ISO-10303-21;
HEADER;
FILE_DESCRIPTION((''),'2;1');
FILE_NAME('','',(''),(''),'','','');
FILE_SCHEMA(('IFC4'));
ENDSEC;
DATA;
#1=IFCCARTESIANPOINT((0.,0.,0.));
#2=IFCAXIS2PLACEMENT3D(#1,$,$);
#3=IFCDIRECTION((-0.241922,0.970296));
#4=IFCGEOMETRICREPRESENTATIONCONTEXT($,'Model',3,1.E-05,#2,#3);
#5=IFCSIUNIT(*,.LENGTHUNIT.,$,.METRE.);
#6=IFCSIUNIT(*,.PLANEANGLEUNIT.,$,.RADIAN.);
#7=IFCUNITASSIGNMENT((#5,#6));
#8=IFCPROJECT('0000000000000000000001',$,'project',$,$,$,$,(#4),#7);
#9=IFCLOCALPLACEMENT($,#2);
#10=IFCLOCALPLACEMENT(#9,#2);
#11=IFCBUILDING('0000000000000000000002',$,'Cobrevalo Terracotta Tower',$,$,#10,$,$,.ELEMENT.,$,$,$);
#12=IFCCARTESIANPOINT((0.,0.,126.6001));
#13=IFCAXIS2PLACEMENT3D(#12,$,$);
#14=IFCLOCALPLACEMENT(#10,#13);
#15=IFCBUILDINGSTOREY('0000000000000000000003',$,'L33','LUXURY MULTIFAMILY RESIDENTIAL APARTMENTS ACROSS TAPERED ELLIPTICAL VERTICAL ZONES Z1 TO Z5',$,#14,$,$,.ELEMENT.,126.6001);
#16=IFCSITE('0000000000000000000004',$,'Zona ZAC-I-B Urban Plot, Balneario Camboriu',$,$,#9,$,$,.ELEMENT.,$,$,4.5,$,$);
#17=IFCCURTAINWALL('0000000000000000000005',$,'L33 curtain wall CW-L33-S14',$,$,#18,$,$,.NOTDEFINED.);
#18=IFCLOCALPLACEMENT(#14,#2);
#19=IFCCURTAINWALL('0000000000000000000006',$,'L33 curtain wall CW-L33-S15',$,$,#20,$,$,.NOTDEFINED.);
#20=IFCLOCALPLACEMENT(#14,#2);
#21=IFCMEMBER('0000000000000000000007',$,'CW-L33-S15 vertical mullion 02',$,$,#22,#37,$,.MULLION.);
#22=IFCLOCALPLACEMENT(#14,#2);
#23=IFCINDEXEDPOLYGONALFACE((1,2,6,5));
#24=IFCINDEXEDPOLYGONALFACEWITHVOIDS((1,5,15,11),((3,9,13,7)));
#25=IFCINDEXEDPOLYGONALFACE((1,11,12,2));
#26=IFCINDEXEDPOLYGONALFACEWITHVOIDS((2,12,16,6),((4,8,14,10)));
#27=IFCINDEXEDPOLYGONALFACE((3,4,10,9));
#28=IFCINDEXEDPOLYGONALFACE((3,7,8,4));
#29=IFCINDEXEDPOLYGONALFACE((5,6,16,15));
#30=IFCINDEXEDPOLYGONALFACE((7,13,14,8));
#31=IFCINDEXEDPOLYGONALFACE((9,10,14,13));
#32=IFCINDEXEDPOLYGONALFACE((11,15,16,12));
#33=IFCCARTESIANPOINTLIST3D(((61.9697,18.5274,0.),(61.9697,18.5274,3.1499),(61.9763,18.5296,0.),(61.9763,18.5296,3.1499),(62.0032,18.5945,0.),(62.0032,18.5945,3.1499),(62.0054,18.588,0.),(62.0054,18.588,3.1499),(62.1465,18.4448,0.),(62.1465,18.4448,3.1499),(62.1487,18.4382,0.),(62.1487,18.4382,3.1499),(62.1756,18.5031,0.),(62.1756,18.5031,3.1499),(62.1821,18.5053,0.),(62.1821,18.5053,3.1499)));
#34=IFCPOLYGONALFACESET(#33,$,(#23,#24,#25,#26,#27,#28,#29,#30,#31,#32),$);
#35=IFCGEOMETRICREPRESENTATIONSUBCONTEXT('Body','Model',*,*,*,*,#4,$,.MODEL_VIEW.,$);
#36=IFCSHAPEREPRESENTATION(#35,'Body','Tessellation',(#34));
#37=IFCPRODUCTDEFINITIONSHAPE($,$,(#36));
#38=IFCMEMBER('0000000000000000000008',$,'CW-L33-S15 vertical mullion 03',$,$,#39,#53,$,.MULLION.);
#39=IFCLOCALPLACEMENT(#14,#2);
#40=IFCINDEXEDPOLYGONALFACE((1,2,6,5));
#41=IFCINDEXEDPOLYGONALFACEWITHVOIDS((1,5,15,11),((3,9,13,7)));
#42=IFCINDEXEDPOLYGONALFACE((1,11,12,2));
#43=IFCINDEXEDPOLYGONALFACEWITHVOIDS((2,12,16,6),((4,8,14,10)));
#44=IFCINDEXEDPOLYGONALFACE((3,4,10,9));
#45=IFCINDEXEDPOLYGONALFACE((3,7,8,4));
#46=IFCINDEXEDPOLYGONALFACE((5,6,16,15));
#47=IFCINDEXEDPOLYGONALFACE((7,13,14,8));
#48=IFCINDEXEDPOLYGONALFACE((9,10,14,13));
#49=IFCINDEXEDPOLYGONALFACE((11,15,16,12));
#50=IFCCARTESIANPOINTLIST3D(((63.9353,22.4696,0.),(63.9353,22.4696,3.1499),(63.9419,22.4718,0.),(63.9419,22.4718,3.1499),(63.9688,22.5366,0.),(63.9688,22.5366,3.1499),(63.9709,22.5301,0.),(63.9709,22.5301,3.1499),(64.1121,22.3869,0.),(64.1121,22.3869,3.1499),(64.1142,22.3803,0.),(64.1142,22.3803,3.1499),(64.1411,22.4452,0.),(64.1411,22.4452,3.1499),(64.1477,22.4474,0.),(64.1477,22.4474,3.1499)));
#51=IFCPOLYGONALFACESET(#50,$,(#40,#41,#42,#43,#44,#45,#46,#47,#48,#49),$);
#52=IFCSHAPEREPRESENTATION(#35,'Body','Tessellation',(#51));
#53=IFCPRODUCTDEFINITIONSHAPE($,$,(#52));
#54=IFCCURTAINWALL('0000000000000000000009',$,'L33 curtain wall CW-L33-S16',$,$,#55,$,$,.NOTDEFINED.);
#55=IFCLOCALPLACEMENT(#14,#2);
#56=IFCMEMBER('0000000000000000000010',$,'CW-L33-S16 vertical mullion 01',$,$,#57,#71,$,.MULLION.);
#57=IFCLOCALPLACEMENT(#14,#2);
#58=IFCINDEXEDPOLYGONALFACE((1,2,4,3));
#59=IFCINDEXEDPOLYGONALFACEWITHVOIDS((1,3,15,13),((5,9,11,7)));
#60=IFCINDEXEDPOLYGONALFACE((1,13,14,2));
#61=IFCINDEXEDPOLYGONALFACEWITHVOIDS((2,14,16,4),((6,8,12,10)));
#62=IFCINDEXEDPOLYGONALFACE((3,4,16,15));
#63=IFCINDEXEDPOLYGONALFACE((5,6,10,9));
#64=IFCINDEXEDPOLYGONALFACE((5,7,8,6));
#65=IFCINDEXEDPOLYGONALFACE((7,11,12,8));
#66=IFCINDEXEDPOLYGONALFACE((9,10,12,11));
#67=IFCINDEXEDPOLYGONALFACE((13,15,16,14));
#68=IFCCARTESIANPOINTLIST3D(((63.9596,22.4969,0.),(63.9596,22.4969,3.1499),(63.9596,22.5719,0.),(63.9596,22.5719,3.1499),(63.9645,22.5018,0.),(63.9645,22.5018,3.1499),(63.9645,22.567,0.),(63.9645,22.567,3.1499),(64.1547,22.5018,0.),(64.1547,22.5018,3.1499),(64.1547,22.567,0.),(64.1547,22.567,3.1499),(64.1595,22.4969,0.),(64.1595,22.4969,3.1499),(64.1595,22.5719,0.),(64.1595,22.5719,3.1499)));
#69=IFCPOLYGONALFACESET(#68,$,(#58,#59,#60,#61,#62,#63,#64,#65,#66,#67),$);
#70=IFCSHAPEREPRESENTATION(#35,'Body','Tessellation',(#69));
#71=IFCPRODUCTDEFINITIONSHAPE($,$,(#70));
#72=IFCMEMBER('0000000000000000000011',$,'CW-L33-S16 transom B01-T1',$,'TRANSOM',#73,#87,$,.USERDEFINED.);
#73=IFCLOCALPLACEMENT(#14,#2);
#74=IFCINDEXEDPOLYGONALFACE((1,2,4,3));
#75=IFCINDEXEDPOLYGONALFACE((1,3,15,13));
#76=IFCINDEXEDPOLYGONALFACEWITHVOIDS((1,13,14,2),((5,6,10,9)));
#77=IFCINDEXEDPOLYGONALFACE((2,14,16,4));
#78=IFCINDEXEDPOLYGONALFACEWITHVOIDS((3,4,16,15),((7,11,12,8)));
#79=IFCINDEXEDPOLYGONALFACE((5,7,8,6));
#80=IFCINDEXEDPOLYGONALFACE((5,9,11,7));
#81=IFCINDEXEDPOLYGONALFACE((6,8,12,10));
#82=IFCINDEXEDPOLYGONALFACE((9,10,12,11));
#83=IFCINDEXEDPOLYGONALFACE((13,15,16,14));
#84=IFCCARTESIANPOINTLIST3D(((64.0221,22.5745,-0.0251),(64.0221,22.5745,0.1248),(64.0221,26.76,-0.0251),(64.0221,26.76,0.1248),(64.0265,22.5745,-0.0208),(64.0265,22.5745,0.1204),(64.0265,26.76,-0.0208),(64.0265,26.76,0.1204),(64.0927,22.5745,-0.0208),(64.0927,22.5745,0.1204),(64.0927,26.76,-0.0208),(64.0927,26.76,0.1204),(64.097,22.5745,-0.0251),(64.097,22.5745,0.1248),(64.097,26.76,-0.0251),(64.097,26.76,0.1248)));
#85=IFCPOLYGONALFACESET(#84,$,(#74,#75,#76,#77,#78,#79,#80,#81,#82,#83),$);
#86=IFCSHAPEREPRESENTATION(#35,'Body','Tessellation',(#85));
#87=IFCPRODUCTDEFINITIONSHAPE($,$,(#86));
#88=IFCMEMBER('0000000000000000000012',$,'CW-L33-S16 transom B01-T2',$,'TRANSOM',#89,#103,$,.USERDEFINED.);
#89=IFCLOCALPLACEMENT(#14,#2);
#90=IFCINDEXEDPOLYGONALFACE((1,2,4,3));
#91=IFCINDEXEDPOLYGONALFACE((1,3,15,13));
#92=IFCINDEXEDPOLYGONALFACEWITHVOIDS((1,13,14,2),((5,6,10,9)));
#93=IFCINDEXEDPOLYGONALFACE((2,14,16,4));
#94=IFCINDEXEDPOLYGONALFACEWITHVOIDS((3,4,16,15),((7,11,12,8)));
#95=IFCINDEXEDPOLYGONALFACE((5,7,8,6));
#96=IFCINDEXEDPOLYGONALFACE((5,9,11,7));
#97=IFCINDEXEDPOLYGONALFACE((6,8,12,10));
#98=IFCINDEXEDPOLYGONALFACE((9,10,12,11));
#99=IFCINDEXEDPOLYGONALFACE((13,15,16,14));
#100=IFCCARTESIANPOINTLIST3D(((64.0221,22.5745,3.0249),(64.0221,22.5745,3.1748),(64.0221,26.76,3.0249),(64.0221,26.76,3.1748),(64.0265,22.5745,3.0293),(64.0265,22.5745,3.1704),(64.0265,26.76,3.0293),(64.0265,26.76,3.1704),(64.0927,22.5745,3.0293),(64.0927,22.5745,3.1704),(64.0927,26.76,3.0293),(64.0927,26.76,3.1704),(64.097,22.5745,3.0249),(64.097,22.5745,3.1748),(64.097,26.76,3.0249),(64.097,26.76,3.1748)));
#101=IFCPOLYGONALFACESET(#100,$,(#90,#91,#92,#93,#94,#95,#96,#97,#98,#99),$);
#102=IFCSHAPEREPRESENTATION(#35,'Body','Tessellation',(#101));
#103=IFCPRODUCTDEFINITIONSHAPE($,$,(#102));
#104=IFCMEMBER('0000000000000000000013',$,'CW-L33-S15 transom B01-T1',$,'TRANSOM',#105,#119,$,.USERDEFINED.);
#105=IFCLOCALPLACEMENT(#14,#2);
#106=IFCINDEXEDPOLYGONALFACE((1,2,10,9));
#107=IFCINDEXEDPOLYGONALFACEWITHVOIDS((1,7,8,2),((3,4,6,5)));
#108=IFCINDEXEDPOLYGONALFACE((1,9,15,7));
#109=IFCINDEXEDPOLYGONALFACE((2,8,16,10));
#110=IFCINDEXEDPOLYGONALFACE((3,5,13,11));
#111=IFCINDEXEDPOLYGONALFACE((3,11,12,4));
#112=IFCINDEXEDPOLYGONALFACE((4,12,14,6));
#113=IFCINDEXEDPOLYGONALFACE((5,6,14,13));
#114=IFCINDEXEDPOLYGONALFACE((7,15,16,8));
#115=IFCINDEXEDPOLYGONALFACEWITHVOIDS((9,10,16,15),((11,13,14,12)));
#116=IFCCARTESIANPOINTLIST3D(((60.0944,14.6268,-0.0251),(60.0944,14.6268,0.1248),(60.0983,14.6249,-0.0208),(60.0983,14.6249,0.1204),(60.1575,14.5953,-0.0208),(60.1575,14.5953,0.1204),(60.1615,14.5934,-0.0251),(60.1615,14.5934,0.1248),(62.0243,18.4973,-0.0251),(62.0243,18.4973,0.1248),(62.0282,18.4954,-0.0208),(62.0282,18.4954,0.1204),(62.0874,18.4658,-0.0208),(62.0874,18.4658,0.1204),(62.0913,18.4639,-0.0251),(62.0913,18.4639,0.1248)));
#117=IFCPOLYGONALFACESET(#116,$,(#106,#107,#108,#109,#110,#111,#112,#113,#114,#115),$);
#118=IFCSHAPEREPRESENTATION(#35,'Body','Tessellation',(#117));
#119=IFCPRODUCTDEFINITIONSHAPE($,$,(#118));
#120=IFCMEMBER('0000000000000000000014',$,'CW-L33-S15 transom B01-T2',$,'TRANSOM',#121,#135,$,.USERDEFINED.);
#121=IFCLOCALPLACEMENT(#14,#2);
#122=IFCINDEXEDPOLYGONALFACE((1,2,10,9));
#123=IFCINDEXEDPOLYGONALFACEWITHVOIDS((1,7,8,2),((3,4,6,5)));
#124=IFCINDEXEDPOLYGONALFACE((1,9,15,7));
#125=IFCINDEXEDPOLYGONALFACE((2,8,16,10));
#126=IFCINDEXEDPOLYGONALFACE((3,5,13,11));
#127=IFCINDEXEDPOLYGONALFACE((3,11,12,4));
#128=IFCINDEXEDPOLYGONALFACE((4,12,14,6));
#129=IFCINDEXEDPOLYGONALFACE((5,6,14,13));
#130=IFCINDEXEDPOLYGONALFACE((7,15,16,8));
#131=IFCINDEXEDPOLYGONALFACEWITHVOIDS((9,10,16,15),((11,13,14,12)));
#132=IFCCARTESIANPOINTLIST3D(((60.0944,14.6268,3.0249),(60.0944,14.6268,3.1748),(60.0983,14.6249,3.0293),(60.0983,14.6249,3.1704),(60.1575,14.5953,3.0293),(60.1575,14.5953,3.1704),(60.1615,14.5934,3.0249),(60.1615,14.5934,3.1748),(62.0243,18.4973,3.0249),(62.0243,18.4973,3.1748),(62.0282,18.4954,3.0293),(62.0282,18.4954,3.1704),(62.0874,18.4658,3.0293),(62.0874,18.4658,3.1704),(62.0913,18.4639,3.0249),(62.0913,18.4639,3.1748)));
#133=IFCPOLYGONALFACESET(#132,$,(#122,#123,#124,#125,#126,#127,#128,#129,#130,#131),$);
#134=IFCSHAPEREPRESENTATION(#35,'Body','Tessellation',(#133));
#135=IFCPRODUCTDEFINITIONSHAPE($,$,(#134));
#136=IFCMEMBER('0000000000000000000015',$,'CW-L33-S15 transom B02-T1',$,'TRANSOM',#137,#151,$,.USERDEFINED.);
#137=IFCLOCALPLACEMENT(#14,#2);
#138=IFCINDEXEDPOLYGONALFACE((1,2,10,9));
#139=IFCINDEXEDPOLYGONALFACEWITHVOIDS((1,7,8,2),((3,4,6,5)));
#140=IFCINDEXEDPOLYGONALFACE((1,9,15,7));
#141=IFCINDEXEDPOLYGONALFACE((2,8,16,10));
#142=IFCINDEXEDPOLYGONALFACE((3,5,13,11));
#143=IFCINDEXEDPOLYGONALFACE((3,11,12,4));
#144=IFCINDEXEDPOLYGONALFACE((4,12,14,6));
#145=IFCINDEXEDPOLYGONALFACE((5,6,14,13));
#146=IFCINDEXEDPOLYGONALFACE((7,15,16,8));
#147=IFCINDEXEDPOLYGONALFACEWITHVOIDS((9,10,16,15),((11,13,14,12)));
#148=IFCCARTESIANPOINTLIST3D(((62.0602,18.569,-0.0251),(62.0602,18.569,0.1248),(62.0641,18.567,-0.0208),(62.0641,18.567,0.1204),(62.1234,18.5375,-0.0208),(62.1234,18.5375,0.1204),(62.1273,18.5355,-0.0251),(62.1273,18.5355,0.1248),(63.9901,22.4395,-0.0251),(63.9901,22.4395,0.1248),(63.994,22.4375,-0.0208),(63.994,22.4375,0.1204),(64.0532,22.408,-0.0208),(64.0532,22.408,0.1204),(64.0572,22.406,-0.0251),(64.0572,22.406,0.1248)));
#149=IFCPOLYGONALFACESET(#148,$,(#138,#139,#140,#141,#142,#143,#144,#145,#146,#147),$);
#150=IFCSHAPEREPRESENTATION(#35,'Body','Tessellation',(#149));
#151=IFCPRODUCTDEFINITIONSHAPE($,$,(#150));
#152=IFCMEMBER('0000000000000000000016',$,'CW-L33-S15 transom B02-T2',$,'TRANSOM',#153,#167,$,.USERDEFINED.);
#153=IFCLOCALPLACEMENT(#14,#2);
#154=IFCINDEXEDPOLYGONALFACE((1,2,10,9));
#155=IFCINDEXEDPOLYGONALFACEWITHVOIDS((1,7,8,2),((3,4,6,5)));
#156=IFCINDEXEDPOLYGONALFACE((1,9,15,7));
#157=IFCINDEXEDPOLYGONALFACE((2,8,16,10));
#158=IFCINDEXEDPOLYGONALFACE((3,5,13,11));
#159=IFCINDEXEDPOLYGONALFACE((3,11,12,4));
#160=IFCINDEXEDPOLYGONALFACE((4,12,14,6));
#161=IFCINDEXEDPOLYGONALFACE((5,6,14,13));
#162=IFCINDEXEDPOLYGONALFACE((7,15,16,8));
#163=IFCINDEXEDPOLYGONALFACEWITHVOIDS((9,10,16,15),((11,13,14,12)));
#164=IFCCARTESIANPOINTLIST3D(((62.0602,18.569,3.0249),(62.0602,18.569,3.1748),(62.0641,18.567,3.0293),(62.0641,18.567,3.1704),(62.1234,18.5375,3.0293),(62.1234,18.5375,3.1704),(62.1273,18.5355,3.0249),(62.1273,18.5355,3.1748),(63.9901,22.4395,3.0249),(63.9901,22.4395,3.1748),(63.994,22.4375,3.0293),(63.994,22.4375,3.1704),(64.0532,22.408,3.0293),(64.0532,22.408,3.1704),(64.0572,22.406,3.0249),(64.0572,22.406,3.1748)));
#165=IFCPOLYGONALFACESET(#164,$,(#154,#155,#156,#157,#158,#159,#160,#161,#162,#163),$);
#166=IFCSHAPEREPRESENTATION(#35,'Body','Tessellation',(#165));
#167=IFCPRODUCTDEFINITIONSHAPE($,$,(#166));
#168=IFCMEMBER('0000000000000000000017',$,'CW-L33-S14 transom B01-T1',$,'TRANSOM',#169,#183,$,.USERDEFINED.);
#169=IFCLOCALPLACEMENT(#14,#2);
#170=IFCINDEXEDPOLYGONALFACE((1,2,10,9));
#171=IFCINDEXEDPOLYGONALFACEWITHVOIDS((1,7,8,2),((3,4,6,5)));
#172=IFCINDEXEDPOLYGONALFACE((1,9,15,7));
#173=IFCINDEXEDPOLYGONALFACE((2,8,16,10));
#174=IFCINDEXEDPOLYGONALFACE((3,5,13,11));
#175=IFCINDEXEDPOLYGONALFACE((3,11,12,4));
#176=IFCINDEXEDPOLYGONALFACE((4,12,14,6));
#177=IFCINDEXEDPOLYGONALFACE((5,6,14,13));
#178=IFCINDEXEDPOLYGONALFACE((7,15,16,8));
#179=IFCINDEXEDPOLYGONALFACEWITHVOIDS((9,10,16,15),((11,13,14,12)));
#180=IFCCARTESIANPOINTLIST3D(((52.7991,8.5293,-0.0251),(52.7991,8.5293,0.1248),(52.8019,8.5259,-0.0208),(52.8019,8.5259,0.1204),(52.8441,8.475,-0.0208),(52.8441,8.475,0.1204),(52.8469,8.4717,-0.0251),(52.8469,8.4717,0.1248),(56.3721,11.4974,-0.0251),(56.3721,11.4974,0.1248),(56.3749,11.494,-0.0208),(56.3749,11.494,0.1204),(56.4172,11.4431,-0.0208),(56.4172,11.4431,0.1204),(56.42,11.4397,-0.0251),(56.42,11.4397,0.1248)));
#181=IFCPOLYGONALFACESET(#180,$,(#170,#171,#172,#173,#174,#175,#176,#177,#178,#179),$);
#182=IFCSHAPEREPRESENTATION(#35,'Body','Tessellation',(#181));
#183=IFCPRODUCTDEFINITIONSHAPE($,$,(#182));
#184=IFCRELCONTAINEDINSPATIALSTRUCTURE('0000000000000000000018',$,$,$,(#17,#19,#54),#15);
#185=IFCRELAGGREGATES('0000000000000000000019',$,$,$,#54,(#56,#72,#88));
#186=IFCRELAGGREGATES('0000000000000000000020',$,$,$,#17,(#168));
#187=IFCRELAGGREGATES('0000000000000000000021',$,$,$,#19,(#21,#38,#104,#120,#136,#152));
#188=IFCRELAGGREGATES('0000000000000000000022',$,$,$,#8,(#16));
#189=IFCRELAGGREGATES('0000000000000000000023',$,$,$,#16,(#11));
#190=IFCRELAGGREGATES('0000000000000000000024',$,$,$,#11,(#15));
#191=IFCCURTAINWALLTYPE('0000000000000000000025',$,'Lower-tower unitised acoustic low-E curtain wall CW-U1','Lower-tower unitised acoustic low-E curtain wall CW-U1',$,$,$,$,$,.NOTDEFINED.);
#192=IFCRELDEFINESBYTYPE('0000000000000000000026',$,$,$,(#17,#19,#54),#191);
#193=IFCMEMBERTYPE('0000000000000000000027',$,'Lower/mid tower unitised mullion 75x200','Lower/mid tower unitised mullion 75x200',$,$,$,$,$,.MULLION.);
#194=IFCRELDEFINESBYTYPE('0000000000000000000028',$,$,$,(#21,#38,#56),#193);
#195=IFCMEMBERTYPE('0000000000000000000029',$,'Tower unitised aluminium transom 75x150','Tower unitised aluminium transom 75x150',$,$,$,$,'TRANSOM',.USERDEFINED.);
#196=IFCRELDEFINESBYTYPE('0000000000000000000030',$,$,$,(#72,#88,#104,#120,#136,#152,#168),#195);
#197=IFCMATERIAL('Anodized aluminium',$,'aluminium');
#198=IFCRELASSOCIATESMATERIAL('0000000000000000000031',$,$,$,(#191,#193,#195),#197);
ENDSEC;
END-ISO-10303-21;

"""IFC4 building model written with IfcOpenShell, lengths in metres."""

from ifc_helpers import new_model, si_unit, direction, frame, origin, origin_2d, place, context, subcontext, project, spatial, hollow_rectangle, extrude, source, transform, mapped, material, material_profile, profile_set, type_object, element, aggregate, save


model = new_model("IFC4")

# Units and contexts
model_context = context("Model", 3, precision=1e-05, world=origin(), true_north=direction((-0.241922, 0.970296)))
body_context = subcontext(model_context, "Body", "Model", "MODEL_VIEW")
ifc_project = project(units=[si_unit("LENGTHUNIT", "METRE"), si_unit("PLANEANGLEUNIT", "RADIAN")], contexts=[model_context])

# Site, building, storey
site_placement = place(None, origin())
site = spatial("IfcSite", under=ifc_project, at=site_placement, Name="Zona ZAC-I-B Urban Plot, Balneario Camboriu", CompositionType="ELEMENT", RefElevation=4.5)
building_placement = place(site_placement, origin())
building = spatial("IfcBuilding", under=site, at=building_placement, Name="Cobrevalo Terracotta Tower", CompositionType="ELEMENT")
storey_placement = place(building_placement, frame((0.0, 0.0, 126.6001)))
storey = spatial("IfcBuildingStorey", under=building, at=storey_placement, Name="L33", Description="LUXURY MULTIFAMILY RESIDENTIAL APARTMENTS ACROSS TAPERED ELLIPTICAL VERTICAL ZONES Z1 TO Z5", CompositionType="ELEMENT", Elevation=126.6001)

# Curtain walls, members
ifc_material_1 = material(Name="Anodized aluminium", Category="aluminium")
curtain_wall_type = type_object("IfcCurtainWallType", Name="Lower-tower unitised acoustic low-E curtain wall CW-U1", Description="Lower-tower unitised acoustic low-E curtain wall CW-U1", PredefinedType="NOTDEFINED", material=ifc_material_1)
curtain_wall_1_placement = place(storey_placement, origin())
curtain_wall_1 = element("IfcCurtainWall", 1, at=curtain_wall_1_placement, inside=storey, type_object=curtain_wall_type, Name="L33 curtain wall CW-L33-S14", PredefinedType="NOTDEFINED")
ifc_material_profile_1 = material_profile(ifc_material_1, hollow_rectangle(XDim=0.075, YDim=0.2, WallThickness=0.0049, at=origin_2d()), Name="CWM 75x200")
ifc_profile_set_1 = profile_set([ifc_material_profile_1], Name="Anodized aluminium")
member_type_1 = type_object("IfcMemberType", Name="Lower/mid tower unitised mullion 75x200", Description="Lower/mid tower unitised mullion 75x200", PredefinedType="MULLION", material=ifc_profile_set_1)
shared_shape_1 = source(origin(), body_context, "Body", "SweptSolid", [
    extrude(hollow_rectangle(XDim=0.075, YDim=0.2, WallThickness=0.0049, at=origin_2d()), origin(), (0.0, 0.0, 1.0), 3.1499),
])
curtain_wall_2_placement = place(storey_placement, origin())
curtain_wall_2 = element("IfcCurtainWall", 2, at=curtain_wall_2_placement, inside=storey, type_object=curtain_wall_type, Name="L33 curtain wall CW-L33-S15", PredefinedType="NOTDEFINED")
member_1_placement = place(storey_placement, frame((62.0759, 18.5164, 0.0), z_axis=(0.0, 0.0, 1.0), x_axis=(0.44626, 0.894903, 0.0)))
member_1 = element("IfcMember", 3, at=member_1_placement, type_object=member_type_1, Name="CW-L33-S15 vertical mullion 02", PredefinedType="MULLION", context=body_context, shape_type="MappedRepresentation", body=[
    mapped(shared_shape_1, transform((0.0, 0.0, 0.0), scale=1.0)),
])
member_2_placement = place(storey_placement, frame((64.0415, 22.4585, 0.0), z_axis=(0.0, 0.0, 1.0), x_axis=(0.44626, 0.894903, 0.0)))
member_2 = element("IfcMember", 4, at=member_2_placement, type_object=member_type_1, Name="CW-L33-S15 vertical mullion 03", PredefinedType="MULLION", context=body_context, shape_type="MappedRepresentation", body=[
    mapped(shared_shape_1, transform((0.0, 0.0, 0.0), scale=1.0)),
])
curtain_wall_3_placement = place(storey_placement, origin())
curtain_wall_3 = element("IfcCurtainWall", 5, at=curtain_wall_3_placement, inside=storey, type_object=curtain_wall_type, Name="L33 curtain wall CW-L33-S16", PredefinedType="NOTDEFINED")
member_3_placement = place(storey_placement, frame((64.0596, 22.5344, 0.0), z_axis=(0.0, 0.0, 1.0), x_axis=(0.0, 1.0, 0.0)))
member_3 = element("IfcMember", 6, at=member_3_placement, type_object=member_type_1, Name="CW-L33-S16 vertical mullion 01", PredefinedType="MULLION", context=body_context, shape_type="MappedRepresentation", body=[
    mapped(shared_shape_1, transform((0.0, 0.0, 0.0), scale=1.0)),
])
ifc_material_profile_2 = material_profile(ifc_material_1, hollow_rectangle(XDim=0.075, YDim=0.1499, WallThickness=0.0044, at=origin_2d()), Name="CWT 75x150")
ifc_profile_set_2 = profile_set([ifc_material_profile_2], Name="Anodized aluminium")
member_type_2 = type_object("IfcMemberType", Name="Tower unitised aluminium transom 75x150", Description="Tower unitised aluminium transom 75x150", ElementType="TRANSOM", PredefinedType="USERDEFINED", material=ifc_profile_set_2)
shared_shape_2 = source(origin(), body_context, "Body", "SweptSolid", [
    extrude(hollow_rectangle(XDim=0.075, YDim=0.1499, WallThickness=0.0044, at=origin_2d()), origin(), (0.0, 0.0, 1.0), 4.1855),
])
member_4_placement = place(storey_placement, frame((64.0596, 22.5745, 0.0498), z_axis=(0.0, 1.0, 0.0), x_axis=(-1.0, 0.0, 0.0)))
member_4 = element("IfcMember", 7, at=member_4_placement, type_object=member_type_2, Name="CW-L33-S16 transom B01-T1", ObjectType="TRANSOM", PredefinedType="USERDEFINED", context=body_context, shape_type="MappedRepresentation", body=[
    mapped(shared_shape_2, transform((0.0, 0.0, 0.0), scale=1.0)),
])
member_5_placement = place(storey_placement, frame((64.0596, 22.5745, 3.0999), z_axis=(0.0, 1.0, 0.0), x_axis=(-1.0, 0.0, 0.0)))
member_5 = element("IfcMember", 8, at=member_5_placement, type_object=member_type_2, Name="CW-L33-S16 transom B01-T2", ObjectType="TRANSOM", PredefinedType="USERDEFINED", context=body_context, shape_type="MappedRepresentation", body=[
    mapped(shared_shape_2, transform((0.0, 0.0, 0.0), scale=1.0)),
])
aggregate(curtain_wall_3, [member_3, member_4, member_5])

# Members
shared_shape_3 = source(origin(), body_context, "Body", "SweptSolid", [
    extrude(hollow_rectangle(XDim=0.075, YDim=0.1499, WallThickness=0.0044, at=origin_2d()), origin(), (0.0, 0.0, 1.0), 4.325),
])
member_6_placement = place(storey_placement, frame((60.1279, 14.6101, 0.0498), z_axis=(0.44622, 0.894923, 0.0), x_axis=(-0.894923, 0.44622, 0.0)))
member_6 = element("IfcMember", 9, at=member_6_placement, type_object=member_type_2, Name="CW-L33-S15 transom B01-T1", ObjectType="TRANSOM", PredefinedType="USERDEFINED", context=body_context, shape_type="MappedRepresentation", body=[
    mapped(shared_shape_3, transform((0.0, 0.0, 0.0), scale=1.0)),
])
member_7_placement = place(storey_placement, frame((60.1279, 14.6101, 3.0999), z_axis=(0.44622, 0.894923, 0.0), x_axis=(-0.894923, 0.44622, 0.0)))
member_7 = element("IfcMember", 10, at=member_7_placement, type_object=member_type_2, Name="CW-L33-S15 transom B01-T2", ObjectType="TRANSOM", PredefinedType="USERDEFINED", context=body_context, shape_type="MappedRepresentation", body=[
    mapped(shared_shape_3, transform((0.0, 0.0, 0.0), scale=1.0)),
])
member_8_placement = place(storey_placement, frame((62.0938, 18.5522, 0.0498), z_axis=(0.44622, 0.894923, 0.0), x_axis=(-0.894923, 0.44622, 0.0)))
member_8 = element("IfcMember", 11, at=member_8_placement, type_object=member_type_2, Name="CW-L33-S15 transom B02-T1", ObjectType="TRANSOM", PredefinedType="USERDEFINED", context=body_context, shape_type="MappedRepresentation", body=[
    mapped(shared_shape_3, transform((0.0, 0.0, 0.0), scale=1.0)),
])
member_9_placement = place(storey_placement, frame((62.0938, 18.5522, 3.0999), z_axis=(0.44622, 0.894923, 0.0), x_axis=(-0.894923, 0.44622, 0.0)))
member_9 = element("IfcMember", 12, at=member_9_placement, type_object=member_type_2, Name="CW-L33-S15 transom B02-T2", ObjectType="TRANSOM", PredefinedType="USERDEFINED", context=body_context, shape_type="MappedRepresentation", body=[
    mapped(shared_shape_3, transform((0.0, 0.0, 0.0), scale=1.0)),
])
shared_shape_4 = source(origin(), body_context, "Body", "SweptSolid", [
    extrude(hollow_rectangle(XDim=0.075, YDim=0.1499, WallThickness=0.0044, at=origin_2d()), origin(), (0.0, 0.0, 1.0), 4.645),
])
member_10_placement = place(storey_placement, frame((52.823, 8.5005, 0.0498), z_axis=(0.769224, 0.638979, 0.0), x_axis=(-0.638979, 0.769224, 0.0)))
member_10 = element("IfcMember", 13, at=member_10_placement, type_object=member_type_2, Name="CW-L33-S14 transom B01-T1", ObjectType="TRANSOM", PredefinedType="USERDEFINED", context=body_context, shape_type="MappedRepresentation", body=[
    mapped(shared_shape_4, transform((0.0, 0.0, 0.0), scale=1.0)),
])

aggregate(curtain_wall_1, [member_10])
aggregate(curtain_wall_2, [member_1, member_2, member_6, member_7, member_8, member_9])

save(model, "model.ifc")
